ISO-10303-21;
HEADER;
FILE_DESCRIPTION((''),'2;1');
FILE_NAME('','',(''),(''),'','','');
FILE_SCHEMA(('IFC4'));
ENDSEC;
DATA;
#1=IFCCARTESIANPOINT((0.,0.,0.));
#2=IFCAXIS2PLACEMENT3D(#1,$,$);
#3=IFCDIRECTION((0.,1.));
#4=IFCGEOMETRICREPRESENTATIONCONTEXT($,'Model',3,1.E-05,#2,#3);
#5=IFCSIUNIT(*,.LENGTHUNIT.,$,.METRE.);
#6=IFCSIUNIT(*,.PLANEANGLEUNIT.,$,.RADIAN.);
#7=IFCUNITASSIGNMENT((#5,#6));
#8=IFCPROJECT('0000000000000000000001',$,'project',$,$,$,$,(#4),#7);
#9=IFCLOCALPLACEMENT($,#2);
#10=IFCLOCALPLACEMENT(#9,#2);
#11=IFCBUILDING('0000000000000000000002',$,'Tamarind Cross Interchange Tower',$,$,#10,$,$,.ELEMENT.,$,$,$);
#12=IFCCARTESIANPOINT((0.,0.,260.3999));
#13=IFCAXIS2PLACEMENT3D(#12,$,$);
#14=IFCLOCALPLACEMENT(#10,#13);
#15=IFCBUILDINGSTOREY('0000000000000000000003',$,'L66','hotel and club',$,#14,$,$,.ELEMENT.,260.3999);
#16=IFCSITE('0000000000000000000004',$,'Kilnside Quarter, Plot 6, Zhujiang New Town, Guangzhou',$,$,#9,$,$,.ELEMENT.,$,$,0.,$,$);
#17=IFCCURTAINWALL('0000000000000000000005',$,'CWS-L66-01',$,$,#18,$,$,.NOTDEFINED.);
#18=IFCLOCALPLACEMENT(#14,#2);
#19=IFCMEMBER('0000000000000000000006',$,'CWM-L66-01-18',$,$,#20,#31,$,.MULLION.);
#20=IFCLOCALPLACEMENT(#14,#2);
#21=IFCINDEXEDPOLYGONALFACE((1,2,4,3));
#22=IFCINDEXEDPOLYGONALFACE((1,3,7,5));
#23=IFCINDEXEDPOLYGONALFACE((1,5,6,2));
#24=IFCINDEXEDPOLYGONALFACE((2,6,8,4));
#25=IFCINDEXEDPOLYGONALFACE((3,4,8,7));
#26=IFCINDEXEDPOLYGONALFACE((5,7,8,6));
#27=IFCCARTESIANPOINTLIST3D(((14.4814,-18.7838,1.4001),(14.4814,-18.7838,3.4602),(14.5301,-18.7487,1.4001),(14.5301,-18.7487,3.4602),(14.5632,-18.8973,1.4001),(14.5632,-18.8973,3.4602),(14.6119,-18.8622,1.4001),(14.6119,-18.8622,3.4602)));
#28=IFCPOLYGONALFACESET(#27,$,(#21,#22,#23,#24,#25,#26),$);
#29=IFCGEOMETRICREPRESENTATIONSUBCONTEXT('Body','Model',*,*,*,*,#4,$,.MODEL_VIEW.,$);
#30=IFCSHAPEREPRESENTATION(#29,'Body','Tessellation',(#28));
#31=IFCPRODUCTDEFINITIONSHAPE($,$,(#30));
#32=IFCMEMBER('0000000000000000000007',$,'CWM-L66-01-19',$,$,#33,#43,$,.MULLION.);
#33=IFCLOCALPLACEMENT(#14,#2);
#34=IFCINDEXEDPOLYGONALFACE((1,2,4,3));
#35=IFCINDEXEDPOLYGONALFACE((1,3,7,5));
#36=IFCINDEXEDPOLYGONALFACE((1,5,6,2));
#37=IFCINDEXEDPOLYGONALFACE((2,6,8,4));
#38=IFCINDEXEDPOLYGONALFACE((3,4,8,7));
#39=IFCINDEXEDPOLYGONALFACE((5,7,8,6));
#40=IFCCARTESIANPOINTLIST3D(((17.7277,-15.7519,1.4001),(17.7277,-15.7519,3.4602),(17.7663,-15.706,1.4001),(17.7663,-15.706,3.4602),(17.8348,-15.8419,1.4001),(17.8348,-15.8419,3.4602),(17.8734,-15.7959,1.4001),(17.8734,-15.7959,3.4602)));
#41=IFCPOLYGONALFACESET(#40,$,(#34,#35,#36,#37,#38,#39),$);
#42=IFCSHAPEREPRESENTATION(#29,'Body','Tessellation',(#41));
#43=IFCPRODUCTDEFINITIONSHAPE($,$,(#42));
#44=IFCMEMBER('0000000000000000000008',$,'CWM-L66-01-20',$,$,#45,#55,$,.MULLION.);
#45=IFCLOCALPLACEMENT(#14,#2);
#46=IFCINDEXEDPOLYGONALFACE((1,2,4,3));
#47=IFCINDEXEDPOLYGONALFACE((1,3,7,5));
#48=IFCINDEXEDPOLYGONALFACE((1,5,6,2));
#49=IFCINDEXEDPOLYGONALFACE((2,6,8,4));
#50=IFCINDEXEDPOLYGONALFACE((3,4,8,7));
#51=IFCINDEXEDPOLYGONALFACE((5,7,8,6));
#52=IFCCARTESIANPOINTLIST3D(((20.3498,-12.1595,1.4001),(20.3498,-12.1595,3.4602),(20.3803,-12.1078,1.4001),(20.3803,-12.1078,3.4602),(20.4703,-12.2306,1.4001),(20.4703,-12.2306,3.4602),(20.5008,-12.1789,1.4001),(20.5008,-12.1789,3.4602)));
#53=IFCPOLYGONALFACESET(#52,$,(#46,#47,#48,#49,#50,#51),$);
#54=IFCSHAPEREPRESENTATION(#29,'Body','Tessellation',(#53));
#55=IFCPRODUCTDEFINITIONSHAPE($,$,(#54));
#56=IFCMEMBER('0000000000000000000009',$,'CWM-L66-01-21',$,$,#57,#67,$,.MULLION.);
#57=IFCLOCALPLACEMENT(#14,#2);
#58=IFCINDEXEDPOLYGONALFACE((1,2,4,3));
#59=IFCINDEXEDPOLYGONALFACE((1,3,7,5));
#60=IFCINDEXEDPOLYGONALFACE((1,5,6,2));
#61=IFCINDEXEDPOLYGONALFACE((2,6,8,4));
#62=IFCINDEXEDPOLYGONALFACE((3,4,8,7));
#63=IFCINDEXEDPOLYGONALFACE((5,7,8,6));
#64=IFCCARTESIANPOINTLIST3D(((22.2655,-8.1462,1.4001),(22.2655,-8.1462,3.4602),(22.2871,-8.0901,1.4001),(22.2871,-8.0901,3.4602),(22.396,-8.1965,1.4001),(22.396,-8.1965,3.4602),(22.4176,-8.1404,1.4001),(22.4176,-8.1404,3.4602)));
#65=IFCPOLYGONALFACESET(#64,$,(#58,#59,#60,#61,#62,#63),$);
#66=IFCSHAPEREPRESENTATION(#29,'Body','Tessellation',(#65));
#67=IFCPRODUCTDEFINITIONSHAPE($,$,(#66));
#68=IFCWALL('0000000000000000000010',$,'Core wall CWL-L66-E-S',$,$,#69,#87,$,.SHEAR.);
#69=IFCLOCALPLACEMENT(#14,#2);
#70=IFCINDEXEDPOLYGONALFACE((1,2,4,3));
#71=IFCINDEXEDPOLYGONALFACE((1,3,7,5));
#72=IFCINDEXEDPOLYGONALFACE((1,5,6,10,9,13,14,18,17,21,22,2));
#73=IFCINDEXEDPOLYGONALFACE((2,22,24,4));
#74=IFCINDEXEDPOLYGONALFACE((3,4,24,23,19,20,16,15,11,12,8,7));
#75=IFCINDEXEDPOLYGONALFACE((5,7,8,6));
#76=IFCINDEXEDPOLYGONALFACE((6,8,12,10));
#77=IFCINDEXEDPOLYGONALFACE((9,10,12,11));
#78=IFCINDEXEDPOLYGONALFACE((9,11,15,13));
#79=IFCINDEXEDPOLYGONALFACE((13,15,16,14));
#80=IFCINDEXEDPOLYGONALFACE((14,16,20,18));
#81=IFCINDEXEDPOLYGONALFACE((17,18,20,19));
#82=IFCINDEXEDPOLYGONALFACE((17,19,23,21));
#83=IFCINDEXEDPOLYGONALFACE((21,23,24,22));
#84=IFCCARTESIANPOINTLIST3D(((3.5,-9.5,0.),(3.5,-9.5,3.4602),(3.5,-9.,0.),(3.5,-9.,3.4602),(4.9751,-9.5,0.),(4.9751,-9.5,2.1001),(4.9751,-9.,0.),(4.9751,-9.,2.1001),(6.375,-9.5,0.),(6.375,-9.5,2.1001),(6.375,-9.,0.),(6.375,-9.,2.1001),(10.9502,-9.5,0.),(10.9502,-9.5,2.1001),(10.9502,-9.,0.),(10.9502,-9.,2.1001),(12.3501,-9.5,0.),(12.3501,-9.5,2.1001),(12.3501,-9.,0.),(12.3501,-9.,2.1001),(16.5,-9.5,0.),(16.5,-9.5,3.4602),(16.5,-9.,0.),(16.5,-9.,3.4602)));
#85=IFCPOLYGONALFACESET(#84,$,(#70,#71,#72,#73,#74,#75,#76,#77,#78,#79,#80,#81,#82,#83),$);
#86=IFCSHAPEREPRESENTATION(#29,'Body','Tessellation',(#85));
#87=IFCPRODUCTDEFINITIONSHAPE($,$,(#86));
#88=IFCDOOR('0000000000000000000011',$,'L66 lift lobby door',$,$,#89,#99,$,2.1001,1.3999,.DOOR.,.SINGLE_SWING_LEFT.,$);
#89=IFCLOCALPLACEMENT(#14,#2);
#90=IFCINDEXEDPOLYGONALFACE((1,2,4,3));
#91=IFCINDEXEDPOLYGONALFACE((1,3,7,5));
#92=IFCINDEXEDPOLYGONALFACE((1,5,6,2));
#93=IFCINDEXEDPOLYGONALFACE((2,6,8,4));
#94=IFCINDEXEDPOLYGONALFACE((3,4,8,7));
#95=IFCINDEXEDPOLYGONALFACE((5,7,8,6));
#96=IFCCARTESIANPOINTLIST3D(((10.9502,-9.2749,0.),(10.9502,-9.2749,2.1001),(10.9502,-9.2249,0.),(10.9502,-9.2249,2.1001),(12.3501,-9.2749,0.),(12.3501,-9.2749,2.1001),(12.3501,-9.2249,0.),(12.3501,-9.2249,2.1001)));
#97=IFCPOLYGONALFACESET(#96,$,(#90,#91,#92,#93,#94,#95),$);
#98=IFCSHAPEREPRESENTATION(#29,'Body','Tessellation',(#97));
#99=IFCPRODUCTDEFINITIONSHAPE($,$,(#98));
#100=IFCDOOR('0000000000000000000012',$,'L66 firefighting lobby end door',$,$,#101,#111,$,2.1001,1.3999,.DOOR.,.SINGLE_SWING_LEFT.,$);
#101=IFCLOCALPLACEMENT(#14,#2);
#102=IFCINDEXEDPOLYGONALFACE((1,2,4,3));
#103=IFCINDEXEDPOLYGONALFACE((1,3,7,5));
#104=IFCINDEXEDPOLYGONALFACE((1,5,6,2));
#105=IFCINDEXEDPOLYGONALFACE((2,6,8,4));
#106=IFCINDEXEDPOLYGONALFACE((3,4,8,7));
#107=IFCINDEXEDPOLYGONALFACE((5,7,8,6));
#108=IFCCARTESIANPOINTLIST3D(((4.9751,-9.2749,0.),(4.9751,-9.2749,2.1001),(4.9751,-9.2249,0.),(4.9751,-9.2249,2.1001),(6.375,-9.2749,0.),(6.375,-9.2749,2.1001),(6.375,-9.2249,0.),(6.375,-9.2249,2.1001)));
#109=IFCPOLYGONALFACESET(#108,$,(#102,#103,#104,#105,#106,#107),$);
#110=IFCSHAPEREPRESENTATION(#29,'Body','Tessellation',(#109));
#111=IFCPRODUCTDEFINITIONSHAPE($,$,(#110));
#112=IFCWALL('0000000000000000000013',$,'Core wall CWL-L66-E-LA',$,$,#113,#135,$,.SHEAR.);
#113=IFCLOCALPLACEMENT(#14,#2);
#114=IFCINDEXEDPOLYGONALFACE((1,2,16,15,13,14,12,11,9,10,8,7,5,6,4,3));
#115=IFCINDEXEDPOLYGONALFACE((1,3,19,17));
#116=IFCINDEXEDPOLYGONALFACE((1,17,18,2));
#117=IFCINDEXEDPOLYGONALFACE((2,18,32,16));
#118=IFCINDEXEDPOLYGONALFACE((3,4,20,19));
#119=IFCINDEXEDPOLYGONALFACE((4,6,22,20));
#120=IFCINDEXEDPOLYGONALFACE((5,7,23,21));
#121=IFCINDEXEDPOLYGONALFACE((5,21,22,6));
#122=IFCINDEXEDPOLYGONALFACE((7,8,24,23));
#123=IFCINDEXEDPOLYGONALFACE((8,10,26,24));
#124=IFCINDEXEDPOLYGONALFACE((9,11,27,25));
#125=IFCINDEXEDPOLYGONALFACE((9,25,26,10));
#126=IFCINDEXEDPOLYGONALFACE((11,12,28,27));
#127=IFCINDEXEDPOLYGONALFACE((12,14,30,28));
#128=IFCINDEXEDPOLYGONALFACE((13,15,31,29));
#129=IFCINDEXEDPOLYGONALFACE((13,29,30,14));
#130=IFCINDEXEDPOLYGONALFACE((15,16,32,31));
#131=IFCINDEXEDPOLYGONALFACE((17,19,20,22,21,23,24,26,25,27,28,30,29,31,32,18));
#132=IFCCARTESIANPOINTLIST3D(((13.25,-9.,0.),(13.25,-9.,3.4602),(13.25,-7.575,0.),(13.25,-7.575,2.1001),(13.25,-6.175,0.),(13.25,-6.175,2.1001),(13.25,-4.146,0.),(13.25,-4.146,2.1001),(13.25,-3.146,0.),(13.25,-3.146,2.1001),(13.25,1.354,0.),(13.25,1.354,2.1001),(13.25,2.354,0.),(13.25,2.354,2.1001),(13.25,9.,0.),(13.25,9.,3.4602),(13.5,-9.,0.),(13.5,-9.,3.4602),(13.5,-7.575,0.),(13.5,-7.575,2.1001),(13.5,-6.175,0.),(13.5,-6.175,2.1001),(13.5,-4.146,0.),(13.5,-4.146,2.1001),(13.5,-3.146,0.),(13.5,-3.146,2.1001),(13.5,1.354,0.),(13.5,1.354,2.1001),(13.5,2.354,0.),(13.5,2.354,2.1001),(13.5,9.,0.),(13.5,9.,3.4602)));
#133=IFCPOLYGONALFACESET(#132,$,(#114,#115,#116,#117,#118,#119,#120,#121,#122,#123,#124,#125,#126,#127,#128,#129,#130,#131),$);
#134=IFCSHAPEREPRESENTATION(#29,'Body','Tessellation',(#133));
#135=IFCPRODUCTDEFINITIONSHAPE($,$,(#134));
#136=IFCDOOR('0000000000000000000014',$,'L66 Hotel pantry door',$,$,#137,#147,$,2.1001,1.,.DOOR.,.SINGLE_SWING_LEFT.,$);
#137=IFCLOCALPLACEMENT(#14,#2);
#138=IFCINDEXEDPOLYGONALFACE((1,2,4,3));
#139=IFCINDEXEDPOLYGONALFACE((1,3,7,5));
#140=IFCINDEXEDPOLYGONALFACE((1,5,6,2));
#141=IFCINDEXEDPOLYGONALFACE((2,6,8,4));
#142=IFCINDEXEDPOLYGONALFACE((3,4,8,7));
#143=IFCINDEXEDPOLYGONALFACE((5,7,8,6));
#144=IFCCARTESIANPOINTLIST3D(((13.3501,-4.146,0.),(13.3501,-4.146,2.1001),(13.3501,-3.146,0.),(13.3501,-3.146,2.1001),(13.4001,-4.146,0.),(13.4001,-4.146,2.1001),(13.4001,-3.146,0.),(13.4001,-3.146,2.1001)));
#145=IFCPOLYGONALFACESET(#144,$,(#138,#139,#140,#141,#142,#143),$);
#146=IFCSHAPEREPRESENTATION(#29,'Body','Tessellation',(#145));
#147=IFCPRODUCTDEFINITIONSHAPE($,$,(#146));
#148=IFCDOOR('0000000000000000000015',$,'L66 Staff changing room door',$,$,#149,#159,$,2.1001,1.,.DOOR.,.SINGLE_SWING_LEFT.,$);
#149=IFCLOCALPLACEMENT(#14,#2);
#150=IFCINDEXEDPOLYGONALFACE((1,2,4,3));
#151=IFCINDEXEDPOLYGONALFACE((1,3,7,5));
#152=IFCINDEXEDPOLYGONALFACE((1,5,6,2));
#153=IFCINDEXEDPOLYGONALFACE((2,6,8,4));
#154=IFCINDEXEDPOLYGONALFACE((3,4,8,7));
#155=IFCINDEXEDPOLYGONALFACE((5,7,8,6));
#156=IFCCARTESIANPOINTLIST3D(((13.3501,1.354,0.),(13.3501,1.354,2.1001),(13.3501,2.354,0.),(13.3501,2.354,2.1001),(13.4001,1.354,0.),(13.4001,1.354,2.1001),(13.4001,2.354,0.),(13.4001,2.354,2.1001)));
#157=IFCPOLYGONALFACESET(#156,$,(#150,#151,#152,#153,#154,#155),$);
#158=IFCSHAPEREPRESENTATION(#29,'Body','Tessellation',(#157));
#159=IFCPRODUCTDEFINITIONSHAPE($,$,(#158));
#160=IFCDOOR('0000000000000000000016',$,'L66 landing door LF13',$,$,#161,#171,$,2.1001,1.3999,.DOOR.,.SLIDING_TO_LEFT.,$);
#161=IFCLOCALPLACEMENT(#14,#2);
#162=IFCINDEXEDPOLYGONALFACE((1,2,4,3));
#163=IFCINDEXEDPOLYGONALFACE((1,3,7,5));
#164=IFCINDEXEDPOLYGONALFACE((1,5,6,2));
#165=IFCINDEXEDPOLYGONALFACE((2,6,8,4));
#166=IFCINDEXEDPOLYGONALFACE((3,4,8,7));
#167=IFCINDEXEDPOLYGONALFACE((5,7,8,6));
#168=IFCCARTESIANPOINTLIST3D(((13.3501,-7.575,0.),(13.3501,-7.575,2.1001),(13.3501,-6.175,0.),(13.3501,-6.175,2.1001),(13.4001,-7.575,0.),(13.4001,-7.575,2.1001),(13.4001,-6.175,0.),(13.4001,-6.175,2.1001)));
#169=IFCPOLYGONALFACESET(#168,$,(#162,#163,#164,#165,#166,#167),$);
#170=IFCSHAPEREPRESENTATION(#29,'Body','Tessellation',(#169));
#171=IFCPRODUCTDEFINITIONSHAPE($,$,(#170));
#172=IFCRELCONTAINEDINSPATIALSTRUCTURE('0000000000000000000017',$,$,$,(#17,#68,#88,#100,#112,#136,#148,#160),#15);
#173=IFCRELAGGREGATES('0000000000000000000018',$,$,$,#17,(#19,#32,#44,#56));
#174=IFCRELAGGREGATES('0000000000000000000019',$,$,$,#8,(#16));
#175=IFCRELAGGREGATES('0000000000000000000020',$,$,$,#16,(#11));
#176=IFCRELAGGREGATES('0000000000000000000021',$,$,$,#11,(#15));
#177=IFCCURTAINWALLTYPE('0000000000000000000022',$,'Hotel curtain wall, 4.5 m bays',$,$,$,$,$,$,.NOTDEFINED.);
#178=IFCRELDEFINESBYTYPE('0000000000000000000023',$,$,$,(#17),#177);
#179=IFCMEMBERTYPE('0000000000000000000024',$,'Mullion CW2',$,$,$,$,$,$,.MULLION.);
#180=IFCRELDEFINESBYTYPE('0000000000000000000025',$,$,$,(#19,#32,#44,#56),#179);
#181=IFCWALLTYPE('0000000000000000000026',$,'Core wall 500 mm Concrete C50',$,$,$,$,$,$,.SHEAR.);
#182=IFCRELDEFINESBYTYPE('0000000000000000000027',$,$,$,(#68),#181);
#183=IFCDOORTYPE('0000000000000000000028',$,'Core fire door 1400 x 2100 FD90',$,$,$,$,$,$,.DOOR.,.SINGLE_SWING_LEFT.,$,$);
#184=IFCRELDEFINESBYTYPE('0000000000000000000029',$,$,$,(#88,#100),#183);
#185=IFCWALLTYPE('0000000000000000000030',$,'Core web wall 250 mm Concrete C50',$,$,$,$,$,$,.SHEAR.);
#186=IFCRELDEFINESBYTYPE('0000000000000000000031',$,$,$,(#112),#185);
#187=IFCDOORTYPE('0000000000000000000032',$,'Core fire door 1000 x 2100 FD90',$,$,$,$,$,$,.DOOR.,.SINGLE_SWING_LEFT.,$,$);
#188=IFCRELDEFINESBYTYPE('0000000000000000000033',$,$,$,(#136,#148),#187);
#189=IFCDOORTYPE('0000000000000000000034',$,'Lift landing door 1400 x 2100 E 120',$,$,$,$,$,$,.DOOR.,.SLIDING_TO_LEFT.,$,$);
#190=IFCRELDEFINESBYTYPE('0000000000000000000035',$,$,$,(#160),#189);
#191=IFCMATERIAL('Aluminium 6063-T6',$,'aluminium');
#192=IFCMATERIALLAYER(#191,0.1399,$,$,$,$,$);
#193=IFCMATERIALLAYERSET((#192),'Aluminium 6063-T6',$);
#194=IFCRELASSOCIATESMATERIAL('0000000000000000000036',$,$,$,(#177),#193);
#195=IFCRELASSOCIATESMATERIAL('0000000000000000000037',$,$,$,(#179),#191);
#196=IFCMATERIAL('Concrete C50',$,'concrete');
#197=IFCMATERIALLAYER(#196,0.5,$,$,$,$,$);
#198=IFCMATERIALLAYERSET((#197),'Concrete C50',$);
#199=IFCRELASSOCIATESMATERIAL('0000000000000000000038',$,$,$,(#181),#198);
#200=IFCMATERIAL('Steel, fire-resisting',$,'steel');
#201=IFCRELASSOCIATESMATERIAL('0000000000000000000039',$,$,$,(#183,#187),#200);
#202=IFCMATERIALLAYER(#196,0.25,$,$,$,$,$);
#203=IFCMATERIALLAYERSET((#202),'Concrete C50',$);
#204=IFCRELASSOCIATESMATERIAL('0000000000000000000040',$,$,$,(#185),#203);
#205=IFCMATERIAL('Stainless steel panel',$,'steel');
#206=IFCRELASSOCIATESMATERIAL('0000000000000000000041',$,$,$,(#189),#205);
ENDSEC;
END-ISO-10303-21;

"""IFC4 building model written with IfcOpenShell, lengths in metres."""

from ifc_helpers import new_model, si_unit, direction, frame, frame_2d, origin, origin_2d, place, context, subcontext, project, spatial, rectangle, extrude, material, layer, layer_set, material_profile, profile_set, type_object, element, fill, aggregate, save


model = new_model("IFC4")

# Units and contexts
model_context = context("Model", 3, precision=1e-05, world=origin(), true_north=direction((0.0, 1.0)))
body_context = subcontext(model_context, "Body", "Model", "MODEL_VIEW")
ifc_project = project(units=[si_unit("LENGTHUNIT", "METRE"), si_unit("PLANEANGLEUNIT", "RADIAN")], contexts=[model_context])

# Site, building, storey
site_placement = place(None, origin())
site = spatial("IfcSite", under=ifc_project, at=site_placement, Name="Kilnside Quarter, Plot 6, Zhujiang New Town, Guangzhou", CompositionType="ELEMENT", RefElevation=0.0)
building_placement = place(site_placement, origin())
building = spatial("IfcBuilding", under=site, at=building_placement, Name="Tamarind Cross Interchange Tower", CompositionType="ELEMENT")
storey_placement = place(building_placement, frame((0.0, 0.0, 260.3999)))
storey = spatial("IfcBuildingStorey", under=building, at=storey_placement, Name="L66", Description="hotel and club", CompositionType="ELEMENT", Elevation=260.3999)

# Curtain wall, members
ifc_material_1 = material(Name="Aluminium 6063-T6", Category="aluminium")
ifc_layer_1 = layer(ifc_material_1, 0.1399)
ifc_layer_set_1 = layer_set([ifc_layer_1], Name="Aluminium 6063-T6")
curtain_wall_type = type_object("IfcCurtainWallType", Name="Hotel curtain wall, 4.5 m bays", PredefinedType="NOTDEFINED", material=ifc_layer_set_1)
curtain_wall_placement = place(storey_placement, origin())
curtain_wall = element("IfcCurtainWall", 1, at=curtain_wall_placement, inside=storey, type_object=curtain_wall_type, Name="CWS-L66-01", PredefinedType="NOTDEFINED")
ifc_material_profile_1 = material_profile(ifc_material_1, rectangle(XDim=0.0601, YDim=0.1399, at=origin_2d()), Name="Mullion CW2")
ifc_profile_set_1 = profile_set([ifc_material_profile_1], Name="Aluminium 6063-T6")
member_type = type_object("IfcMemberType", Name="Mullion CW2", PredefinedType="MULLION", material=ifc_profile_set_1)
member_1_placement = place(storey_placement, frame((14.5466, -18.823, 1.4001), z_axis=(0.0, 0.0, 1.0), x_axis=(0.81134, 0.584574, 0.0)))
member_1 = element("IfcMember", 2, at=member_1_placement, type_object=member_type, Name="CWM-L66-01-18", PredefinedType="MULLION", context=body_context, shape_type="SweptSolid", body=[
    extrude(rectangle(XDim=0.0601, YDim=0.1399, at=origin_2d()), origin(), (0.0, 0.0, 1.0), 2.0601),
])
member_2_placement = place(storey_placement, frame((17.8005, -15.7739, 1.4001), z_axis=(0.0, 0.0, 1.0), x_axis=(0.643009, 0.765858, 0.0)))
member_2 = element("IfcMember", 3, at=member_2_placement, type_object=member_type, Name="CWM-L66-01-19", PredefinedType="MULLION", context=body_context, shape_type="SweptSolid", body=[
    extrude(rectangle(XDim=0.0601, YDim=0.1399, at=origin_2d()), origin(), (0.0, 0.0, 1.0), 2.0601),
])
member_3_placement = place(storey_placement, frame((20.4253, -12.1692, 1.4001), z_axis=(0.0, 0.0, 1.0), x_axis=(0.508183, 0.861249, 0.0)))
member_3 = element("IfcMember", 4, at=member_3_placement, type_object=member_type, Name="CWM-L66-01-20", PredefinedType="MULLION", context=body_context, shape_type="SweptSolid", body=[
    extrude(rectangle(XDim=0.0601, YDim=0.1399, at=origin_2d()), origin(), (0.0, 0.0, 1.0), 2.0601),
])
member_4_placement = place(storey_placement, frame((22.3416, -8.1433, 1.4001), z_axis=(0.0, 0.0, 1.0), x_axis=(0.359495, 0.933147, 0.0)))
member_4 = element("IfcMember", 5, at=member_4_placement, type_object=member_type, Name="CWM-L66-01-21", PredefinedType="MULLION", context=body_context, shape_type="SweptSolid", body=[
    extrude(rectangle(XDim=0.0601, YDim=0.1399, at=origin_2d()), origin(), (0.0, 0.0, 1.0), 2.0601),
])
aggregate(curtain_wall, [member_1, member_2, member_3, member_4])

# Walls, openings, doors
ifc_material_2 = material(Name="Concrete C50", Category="concrete")
ifc_layer_2 = layer(ifc_material_2, 0.5)
ifc_layer_set_2 = layer_set([ifc_layer_2], Name="Concrete C50")
wall_type_1 = type_object("IfcWallType", Name="Core wall 500 mm Concrete C50", PredefinedType="SHEAR", material=ifc_layer_set_2)
wall_1_placement = place(storey_placement, frame((16.5, -9.25, 0.0), z_axis=(0.0, 0.0, 1.0), x_axis=(-1.0, 0.0, 0.0)))
wall_1 = element("IfcWall", 6, at=wall_1_placement, inside=storey, type_object=wall_type_1, Name="Core wall CWL-L66-E-S", PredefinedType="SHEAR", context=body_context, shape_type="SweptSolid", body=[
    extrude(rectangle(XDim=13.0, YDim=0.5, at=frame_2d((6.5, 0.0))), origin(), (0.0, 0.0, 1.0), 3.4602),
])
opening_1_placement = place(wall_1_placement, frame((4.1499, 0.0, 0.0)))
opening_1 = element("IfcOpeningElement", 7, at=opening_1_placement, cuts=wall_1, PredefinedType="OPENING", context=body_context, shape_type="SweptSolid", body=[
    extrude(rectangle(XDim=1.3999, YDim=2.1001, at=frame_2d((0.7, 1.05))), frame((0.0, 0.26, 0.0), z_axis=(0.0, -1.0, 0.0), x_axis=(1.0, 0.0, 0.0)), (0.0, 0.0, 1.0), 0.52),
])
opening_2_placement = place(wall_1_placement, frame((10.125, 0.0, 0.0)))
opening_2 = element("IfcOpeningElement", 8, at=opening_2_placement, cuts=wall_1, PredefinedType="OPENING", context=body_context, shape_type="SweptSolid", body=[
    extrude(rectangle(XDim=1.3999, YDim=2.1001, at=frame_2d((0.7, 1.05))), frame((0.0, 0.26, 0.0), z_axis=(0.0, -1.0, 0.0), x_axis=(1.0, 0.0, 0.0)), (0.0, 0.0, 1.0), 0.52),
])
ifc_material_3 = material(Name="Steel, fire-resisting", Category="steel")
door_type_1 = type_object("IfcDoorType", Name="Core fire door 1400 x 2100 FD90", OperationType="SINGLE_SWING_LEFT", PredefinedType="DOOR", material=ifc_material_3)
door_1_placement = place(opening_1_placement, origin())
door_1 = element("IfcDoor", 9, at=door_1_placement, inside=storey, type_object=door_type_1, Name="L66 lift lobby door", OperationType="SINGLE_SWING_LEFT", OverallHeight=2.1001, OverallWidth=1.3999, PredefinedType="DOOR", context=body_context, shape_type="SweptSolid", body=[
    extrude(rectangle(XDim=1.3999, YDim=2.1001, at=frame_2d((0.7, 1.05))), frame((0.0, 0.0249, 0.0), z_axis=(0.0, -1.0, 0.0), x_axis=(1.0, 0.0, 0.0)), (0.0, 0.0, 1.0), 0.05),
])
fill(opening_1, door_1)
door_2_placement = place(opening_2_placement, origin())
door_2 = element("IfcDoor", 10, at=door_2_placement, inside=storey, type_object=door_type_1, Name="L66 firefighting lobby end door", OperationType="SINGLE_SWING_LEFT", OverallHeight=2.1001, OverallWidth=1.3999, PredefinedType="DOOR", context=body_context, shape_type="SweptSolid", body=[
    extrude(rectangle(XDim=1.3999, YDim=2.1001, at=frame_2d((0.7, 1.05))), frame((0.0, 0.0249, 0.0), z_axis=(0.0, -1.0, 0.0), x_axis=(1.0, 0.0, 0.0)), (0.0, 0.0, 1.0), 0.05),
])
fill(opening_2, door_2)
ifc_layer_3 = layer(ifc_material_2, 0.25)
ifc_layer_set_3 = layer_set([ifc_layer_3], Name="Concrete C50")
wall_type_2 = type_object("IfcWallType", Name="Core web wall 250 mm Concrete C50", PredefinedType="SHEAR", material=ifc_layer_set_3)
wall_2_placement = place(storey_placement, frame((13.375, -9.0, 0.0), z_axis=(0.0, 0.0, 1.0), x_axis=(0.0, 1.0, 0.0)))
wall_2 = element("IfcWall", 11, at=wall_2_placement, inside=storey, type_object=wall_type_2, Name="Core wall CWL-L66-E-LA", PredefinedType="SHEAR", context=body_context, shape_type="SweptSolid", body=[
    extrude(rectangle(XDim=18.0, YDim=0.25, at=frame_2d((9.0, 0.0))), origin(), (0.0, 0.0, 1.0), 3.4602),
])
opening_3_placement = place(wall_2_placement, frame((1.425, 0.0, 0.0)))
opening_3 = element("IfcOpeningElement", 12, at=opening_3_placement, cuts=wall_2, PredefinedType="OPENING", context=body_context, shape_type="SweptSolid", body=[
    extrude(rectangle(XDim=1.3999, YDim=2.1001, at=frame_2d((0.7, 1.05))), frame((0.0, 0.135, 0.0), z_axis=(0.0, -1.0, 0.0), x_axis=(1.0, 0.0, 0.0)), (0.0, 0.0, 1.0), 0.27),
])
opening_4_placement = place(wall_2_placement, frame((4.854, 0.0, 0.0)))
opening_4 = element("IfcOpeningElement", 13, at=opening_4_placement, cuts=wall_2, PredefinedType="OPENING", context=body_context, shape_type="SweptSolid", body=[
    extrude(rectangle(XDim=1.0, YDim=2.1001, at=frame_2d((0.5, 1.05))), frame((0.0, 0.135, 0.0), z_axis=(0.0, -1.0, 0.0), x_axis=(1.0, 0.0, 0.0)), (0.0, 0.0, 1.0), 0.27),
])
opening_5_placement = place(wall_2_placement, frame((10.354, 0.0, 0.0)))
opening_5 = element("IfcOpeningElement", 14, at=opening_5_placement, cuts=wall_2, PredefinedType="OPENING", context=body_context, shape_type="SweptSolid", body=[
    extrude(rectangle(XDim=1.0, YDim=2.1001, at=frame_2d((0.5, 1.05))), frame((0.0, 0.135, 0.0), z_axis=(0.0, -1.0, 0.0), x_axis=(1.0, 0.0, 0.0)), (0.0, 0.0, 1.0), 0.27),
])
door_type_2 = type_object("IfcDoorType", Name="Core fire door 1000 x 2100 FD90", OperationType="SINGLE_SWING_LEFT", PredefinedType="DOOR", material=ifc_material_3)
door_3_placement = place(opening_4_placement, origin())
door_3 = element("IfcDoor", 15, at=door_3_placement, inside=storey, type_object=door_type_2, Name="L66 Hotel pantry door", OperationType="SINGLE_SWING_LEFT", OverallHeight=2.1001, OverallWidth=1.0, PredefinedType="DOOR", context=body_context, shape_type="SweptSolid", body=[
    extrude(rectangle(XDim=1.0, YDim=2.1001, at=frame_2d((0.5, 1.05))), frame((0.0, 0.0249, 0.0), z_axis=(0.0, -1.0, 0.0), x_axis=(1.0, 0.0, 0.0)), (0.0, 0.0, 1.0), 0.05),
])
fill(opening_4, door_3)
door_4_placement = place(opening_5_placement, origin())
door_4 = element("IfcDoor", 16, at=door_4_placement, inside=storey, type_object=door_type_2, Name="L66 Staff changing room door", OperationType="SINGLE_SWING_LEFT", OverallHeight=2.1001, OverallWidth=1.0, PredefinedType="DOOR", context=body_context, shape_type="SweptSolid", body=[
    extrude(rectangle(XDim=1.0, YDim=2.1001, at=frame_2d((0.5, 1.05))), frame((0.0, 0.0249, 0.0), z_axis=(0.0, -1.0, 0.0), x_axis=(1.0, 0.0, 0.0)), (0.0, 0.0, 1.0), 0.05),
])
fill(opening_5, door_4)
ifc_material_4 = material(Name="Stainless steel panel", Category="steel")
door_type_3 = type_object("IfcDoorType", Name="Lift landing door 1400 x 2100 E 120", OperationType="SLIDING_TO_LEFT", PredefinedType="DOOR", material=ifc_material_4)
door_5_placement = place(opening_3_placement, origin())
door_5 = element("IfcDoor", 17, at=door_5_placement, inside=storey, type_object=door_type_3, Name="L66 landing door LF13", OperationType="SLIDING_TO_LEFT", OverallHeight=2.1001, OverallWidth=1.3999, PredefinedType="DOOR", context=body_context, shape_type="SweptSolid", body=[
    extrude(rectangle(XDim=1.3999, YDim=2.1001, at=frame_2d((0.7, 1.05))), frame((0.0, 0.0249, 0.0), z_axis=(0.0, -1.0, 0.0), x_axis=(1.0, 0.0, 0.0)), (0.0, 0.0, 1.0), 0.05),
])
fill(opening_3, door_5)

save(model, "model.ifc")
